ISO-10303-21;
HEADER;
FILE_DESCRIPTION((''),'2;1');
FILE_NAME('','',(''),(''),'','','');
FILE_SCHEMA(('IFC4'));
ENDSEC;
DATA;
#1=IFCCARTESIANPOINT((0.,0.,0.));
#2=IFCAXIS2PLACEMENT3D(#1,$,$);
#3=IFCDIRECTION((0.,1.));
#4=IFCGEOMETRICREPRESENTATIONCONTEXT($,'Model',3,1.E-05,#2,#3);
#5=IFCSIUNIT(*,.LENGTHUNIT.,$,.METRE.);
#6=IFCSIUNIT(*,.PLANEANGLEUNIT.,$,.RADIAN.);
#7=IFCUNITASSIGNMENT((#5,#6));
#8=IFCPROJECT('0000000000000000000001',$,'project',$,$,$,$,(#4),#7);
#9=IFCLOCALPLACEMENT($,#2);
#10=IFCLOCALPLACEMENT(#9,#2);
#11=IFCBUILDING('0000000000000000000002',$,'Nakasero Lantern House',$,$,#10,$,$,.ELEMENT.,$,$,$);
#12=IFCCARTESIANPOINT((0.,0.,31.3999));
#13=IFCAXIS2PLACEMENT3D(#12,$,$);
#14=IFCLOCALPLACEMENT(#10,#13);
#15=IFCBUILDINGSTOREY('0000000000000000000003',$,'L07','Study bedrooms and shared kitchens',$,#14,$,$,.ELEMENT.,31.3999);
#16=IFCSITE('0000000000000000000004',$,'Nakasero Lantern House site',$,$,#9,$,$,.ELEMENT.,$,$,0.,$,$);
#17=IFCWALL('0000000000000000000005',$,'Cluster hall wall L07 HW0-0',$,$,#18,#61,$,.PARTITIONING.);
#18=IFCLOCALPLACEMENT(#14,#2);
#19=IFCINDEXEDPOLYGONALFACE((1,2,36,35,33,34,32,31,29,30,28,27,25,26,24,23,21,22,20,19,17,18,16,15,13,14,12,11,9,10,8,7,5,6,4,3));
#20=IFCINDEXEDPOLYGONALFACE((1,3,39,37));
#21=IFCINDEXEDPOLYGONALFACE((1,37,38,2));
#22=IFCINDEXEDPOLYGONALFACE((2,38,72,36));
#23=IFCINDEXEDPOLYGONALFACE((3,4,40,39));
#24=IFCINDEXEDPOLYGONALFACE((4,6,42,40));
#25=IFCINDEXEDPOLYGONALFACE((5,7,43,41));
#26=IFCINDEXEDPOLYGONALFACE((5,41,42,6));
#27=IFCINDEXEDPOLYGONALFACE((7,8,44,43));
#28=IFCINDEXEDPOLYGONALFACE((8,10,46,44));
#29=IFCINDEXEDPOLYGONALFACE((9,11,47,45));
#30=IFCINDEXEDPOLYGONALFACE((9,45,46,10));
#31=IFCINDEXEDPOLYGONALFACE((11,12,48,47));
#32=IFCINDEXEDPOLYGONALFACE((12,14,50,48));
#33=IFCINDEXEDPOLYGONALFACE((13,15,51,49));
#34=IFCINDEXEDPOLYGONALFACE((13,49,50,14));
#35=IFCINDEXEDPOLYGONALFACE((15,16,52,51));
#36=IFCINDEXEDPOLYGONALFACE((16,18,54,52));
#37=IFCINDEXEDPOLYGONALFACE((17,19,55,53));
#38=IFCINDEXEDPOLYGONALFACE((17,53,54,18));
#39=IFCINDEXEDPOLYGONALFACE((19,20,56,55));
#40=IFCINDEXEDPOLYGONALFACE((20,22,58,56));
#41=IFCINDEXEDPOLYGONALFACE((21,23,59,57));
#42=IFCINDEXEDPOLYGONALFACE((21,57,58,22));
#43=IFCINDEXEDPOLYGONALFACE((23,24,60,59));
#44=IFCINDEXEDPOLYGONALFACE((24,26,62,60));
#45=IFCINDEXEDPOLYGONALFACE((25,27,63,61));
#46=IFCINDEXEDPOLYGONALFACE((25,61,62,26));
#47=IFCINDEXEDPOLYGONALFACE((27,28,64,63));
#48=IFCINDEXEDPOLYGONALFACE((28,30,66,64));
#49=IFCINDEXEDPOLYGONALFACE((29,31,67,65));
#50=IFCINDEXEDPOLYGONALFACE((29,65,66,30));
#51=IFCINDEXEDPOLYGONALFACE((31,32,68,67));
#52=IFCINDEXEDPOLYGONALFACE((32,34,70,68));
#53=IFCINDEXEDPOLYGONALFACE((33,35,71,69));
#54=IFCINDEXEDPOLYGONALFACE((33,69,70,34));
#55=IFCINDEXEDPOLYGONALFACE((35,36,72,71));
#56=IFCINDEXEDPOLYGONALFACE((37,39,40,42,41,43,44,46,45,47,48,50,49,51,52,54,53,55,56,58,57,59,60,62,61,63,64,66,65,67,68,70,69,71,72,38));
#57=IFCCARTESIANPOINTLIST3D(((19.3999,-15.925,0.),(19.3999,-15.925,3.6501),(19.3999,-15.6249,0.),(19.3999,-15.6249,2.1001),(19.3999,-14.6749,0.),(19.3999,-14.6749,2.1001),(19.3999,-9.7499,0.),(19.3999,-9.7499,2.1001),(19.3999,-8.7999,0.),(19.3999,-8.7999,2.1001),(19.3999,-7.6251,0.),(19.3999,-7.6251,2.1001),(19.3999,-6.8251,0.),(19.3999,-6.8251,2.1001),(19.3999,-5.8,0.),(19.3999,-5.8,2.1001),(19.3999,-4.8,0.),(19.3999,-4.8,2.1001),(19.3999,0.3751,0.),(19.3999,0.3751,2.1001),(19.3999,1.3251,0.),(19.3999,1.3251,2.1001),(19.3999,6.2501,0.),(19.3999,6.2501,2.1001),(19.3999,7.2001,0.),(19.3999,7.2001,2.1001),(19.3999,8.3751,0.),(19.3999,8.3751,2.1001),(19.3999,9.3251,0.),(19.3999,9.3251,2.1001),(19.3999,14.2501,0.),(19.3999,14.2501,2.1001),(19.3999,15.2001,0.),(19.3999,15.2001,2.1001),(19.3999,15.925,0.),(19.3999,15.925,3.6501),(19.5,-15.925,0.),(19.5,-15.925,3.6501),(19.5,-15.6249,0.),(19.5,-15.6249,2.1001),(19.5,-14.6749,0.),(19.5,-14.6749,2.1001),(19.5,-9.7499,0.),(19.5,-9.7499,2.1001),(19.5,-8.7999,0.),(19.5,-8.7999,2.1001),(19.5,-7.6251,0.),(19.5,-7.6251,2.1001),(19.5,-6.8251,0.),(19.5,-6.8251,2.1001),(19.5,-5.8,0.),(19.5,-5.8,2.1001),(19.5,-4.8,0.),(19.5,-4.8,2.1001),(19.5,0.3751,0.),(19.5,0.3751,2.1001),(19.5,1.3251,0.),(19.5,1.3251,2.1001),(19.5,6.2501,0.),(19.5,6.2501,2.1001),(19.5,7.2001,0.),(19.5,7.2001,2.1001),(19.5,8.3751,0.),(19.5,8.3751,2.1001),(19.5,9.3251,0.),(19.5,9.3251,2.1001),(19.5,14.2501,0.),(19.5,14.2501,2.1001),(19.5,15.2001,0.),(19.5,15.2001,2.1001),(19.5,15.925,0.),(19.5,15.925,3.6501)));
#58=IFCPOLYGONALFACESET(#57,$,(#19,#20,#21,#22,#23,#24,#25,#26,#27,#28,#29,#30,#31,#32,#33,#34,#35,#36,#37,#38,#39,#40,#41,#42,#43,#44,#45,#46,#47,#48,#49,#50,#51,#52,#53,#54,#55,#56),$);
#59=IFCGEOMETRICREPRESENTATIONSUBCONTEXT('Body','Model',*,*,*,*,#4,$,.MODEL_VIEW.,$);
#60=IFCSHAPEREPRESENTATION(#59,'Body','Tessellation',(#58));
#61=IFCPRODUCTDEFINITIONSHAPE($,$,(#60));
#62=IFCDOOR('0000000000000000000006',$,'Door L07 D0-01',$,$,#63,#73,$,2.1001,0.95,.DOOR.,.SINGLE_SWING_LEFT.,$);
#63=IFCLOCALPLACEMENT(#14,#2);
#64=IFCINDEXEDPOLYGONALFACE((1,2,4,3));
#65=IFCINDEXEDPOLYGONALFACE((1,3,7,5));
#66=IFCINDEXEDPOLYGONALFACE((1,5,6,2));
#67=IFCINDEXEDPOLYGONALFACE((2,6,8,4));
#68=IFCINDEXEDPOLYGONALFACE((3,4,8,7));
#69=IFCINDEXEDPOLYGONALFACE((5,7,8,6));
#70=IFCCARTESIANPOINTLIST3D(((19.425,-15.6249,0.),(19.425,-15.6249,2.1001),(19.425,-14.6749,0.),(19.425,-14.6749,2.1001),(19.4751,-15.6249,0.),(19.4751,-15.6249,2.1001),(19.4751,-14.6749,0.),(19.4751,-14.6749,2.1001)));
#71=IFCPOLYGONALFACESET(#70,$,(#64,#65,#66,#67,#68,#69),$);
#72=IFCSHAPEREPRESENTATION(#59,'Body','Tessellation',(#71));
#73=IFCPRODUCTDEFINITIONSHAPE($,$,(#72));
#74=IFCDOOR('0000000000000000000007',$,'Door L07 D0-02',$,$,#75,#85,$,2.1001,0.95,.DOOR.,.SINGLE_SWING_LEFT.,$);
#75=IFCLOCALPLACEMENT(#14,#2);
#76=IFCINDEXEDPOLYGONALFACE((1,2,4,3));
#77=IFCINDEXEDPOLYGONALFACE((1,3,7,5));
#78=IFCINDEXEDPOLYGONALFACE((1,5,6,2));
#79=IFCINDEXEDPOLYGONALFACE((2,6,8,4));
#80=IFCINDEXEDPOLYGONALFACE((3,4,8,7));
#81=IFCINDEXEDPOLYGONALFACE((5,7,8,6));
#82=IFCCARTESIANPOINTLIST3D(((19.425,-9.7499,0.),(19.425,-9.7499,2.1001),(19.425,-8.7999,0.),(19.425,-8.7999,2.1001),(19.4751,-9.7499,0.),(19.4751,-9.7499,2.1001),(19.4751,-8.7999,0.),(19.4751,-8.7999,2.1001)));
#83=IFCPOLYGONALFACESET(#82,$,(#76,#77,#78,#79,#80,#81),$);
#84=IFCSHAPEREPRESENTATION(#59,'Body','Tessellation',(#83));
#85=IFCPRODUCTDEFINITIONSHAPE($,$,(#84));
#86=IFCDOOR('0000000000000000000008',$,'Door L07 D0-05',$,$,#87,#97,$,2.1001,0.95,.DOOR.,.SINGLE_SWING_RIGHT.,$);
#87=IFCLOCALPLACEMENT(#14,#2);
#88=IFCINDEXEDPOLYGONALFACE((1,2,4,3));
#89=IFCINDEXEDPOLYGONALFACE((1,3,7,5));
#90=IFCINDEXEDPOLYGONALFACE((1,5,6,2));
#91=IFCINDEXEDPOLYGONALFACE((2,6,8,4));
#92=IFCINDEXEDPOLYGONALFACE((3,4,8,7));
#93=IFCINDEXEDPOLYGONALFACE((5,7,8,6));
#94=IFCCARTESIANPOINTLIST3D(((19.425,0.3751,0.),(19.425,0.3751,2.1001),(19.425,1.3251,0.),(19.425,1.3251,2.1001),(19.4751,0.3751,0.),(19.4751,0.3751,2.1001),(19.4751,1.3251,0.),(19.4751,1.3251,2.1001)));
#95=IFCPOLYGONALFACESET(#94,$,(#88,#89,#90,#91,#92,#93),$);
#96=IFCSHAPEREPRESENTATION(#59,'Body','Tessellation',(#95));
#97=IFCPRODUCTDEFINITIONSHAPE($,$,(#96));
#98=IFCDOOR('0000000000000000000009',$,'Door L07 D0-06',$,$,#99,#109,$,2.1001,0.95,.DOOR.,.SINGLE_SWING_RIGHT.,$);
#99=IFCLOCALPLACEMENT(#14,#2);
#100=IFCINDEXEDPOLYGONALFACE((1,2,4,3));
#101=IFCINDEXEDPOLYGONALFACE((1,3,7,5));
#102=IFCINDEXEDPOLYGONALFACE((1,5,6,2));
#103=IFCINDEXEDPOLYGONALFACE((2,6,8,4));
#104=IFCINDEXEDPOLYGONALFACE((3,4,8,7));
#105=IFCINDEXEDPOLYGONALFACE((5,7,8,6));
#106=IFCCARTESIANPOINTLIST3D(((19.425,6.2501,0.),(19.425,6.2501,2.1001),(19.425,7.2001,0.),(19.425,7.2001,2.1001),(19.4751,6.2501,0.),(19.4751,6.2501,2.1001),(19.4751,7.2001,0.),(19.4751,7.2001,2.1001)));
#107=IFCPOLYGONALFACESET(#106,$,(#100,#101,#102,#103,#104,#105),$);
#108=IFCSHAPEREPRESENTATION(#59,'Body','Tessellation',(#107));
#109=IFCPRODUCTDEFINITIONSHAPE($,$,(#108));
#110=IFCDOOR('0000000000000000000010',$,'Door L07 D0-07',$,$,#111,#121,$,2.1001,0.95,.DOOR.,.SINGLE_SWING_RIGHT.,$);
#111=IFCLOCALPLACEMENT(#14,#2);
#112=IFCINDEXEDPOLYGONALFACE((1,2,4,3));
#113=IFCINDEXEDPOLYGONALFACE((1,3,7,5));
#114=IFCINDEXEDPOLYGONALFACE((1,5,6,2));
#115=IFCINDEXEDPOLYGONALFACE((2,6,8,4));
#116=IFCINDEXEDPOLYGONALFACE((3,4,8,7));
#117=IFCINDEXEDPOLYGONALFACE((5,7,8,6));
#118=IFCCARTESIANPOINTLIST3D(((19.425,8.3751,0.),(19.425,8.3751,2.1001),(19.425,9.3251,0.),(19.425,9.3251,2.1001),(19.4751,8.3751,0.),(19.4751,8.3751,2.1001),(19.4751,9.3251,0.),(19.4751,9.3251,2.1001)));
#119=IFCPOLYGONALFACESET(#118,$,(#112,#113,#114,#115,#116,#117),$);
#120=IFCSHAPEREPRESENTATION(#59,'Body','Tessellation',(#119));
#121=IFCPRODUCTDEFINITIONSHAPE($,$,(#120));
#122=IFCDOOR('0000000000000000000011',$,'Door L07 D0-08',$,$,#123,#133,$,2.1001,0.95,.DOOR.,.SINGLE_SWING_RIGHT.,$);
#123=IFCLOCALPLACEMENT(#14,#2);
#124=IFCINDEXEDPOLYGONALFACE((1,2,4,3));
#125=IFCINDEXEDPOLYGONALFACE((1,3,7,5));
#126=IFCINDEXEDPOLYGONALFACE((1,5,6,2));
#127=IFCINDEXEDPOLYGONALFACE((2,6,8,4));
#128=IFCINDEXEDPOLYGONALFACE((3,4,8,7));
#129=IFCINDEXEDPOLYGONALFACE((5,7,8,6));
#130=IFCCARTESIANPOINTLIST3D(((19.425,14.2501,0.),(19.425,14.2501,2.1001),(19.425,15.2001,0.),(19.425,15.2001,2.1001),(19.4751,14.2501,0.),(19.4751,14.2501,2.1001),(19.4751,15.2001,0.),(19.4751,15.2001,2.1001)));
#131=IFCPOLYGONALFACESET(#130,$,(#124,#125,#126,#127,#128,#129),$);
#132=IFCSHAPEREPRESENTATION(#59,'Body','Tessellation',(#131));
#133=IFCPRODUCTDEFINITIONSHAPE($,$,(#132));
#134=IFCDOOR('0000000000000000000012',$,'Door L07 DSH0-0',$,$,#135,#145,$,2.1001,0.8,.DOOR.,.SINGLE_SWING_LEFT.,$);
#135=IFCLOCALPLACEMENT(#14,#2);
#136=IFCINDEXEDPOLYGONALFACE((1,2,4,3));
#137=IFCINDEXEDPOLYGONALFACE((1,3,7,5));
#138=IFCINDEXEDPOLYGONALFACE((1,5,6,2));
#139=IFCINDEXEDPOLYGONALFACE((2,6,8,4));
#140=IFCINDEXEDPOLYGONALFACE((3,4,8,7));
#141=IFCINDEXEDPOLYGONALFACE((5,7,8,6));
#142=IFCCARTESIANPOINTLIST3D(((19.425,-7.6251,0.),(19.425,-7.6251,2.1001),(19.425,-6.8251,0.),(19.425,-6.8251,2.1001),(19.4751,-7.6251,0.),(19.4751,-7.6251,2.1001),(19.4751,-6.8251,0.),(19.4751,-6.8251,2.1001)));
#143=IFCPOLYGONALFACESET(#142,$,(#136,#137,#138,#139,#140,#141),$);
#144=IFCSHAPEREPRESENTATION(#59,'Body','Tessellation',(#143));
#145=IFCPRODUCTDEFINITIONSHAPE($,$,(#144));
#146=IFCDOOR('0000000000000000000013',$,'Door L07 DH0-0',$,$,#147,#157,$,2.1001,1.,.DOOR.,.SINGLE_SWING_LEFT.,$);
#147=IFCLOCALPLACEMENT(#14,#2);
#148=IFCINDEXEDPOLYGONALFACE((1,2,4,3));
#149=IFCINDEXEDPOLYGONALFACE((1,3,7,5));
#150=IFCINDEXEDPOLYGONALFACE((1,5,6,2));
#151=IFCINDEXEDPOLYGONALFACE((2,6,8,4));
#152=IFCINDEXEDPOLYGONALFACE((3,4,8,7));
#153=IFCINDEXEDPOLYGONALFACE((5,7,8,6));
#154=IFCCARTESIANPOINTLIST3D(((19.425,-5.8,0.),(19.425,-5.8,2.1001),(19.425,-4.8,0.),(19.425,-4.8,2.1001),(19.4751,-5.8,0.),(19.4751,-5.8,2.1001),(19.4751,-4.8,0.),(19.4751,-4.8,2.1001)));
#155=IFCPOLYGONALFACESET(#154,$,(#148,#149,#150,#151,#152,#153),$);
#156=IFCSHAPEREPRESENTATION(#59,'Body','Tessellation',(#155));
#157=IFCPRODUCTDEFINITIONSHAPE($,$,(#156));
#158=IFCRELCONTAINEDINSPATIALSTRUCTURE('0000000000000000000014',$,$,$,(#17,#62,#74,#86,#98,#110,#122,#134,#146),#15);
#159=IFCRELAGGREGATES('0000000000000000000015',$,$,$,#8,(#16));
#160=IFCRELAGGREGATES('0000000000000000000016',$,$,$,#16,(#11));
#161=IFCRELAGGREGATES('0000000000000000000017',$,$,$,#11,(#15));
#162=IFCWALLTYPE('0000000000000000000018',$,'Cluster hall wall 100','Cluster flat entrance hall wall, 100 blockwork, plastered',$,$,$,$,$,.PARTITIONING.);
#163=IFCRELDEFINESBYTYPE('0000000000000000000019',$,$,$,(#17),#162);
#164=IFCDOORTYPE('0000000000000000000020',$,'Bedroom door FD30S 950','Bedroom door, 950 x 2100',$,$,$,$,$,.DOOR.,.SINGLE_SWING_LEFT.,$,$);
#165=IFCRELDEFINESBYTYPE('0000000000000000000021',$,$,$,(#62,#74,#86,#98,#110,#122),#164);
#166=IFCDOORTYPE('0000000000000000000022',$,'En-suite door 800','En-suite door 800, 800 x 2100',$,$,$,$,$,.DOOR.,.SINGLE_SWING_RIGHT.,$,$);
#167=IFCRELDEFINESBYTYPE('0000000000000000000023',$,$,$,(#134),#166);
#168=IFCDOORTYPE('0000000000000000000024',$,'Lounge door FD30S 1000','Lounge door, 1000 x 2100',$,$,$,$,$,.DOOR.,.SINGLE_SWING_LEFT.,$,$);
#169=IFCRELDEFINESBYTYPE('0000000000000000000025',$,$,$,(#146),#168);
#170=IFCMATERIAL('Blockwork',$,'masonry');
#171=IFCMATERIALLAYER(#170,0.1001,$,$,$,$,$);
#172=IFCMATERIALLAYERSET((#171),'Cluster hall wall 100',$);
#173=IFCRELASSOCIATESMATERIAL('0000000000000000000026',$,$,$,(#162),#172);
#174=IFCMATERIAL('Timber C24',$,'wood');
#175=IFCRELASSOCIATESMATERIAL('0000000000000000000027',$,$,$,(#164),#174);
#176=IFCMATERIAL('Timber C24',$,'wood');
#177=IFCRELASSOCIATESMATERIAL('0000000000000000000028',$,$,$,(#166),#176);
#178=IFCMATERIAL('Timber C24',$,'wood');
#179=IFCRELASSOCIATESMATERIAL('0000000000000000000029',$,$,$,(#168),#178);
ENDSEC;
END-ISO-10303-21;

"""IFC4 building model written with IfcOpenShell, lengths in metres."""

from ifc_helpers import new_model, si_unit, direction, frame, frame_2d, origin, place, context, subcontext, project, spatial, rectangle, extrude, material, layer, layer_set, type_object, element, fill, save


model = new_model("IFC4")

# Units and contexts
model_context = context("Model", 3, precision=1e-05, world=origin(), true_north=direction((0.0, 1.0)))
body_context = subcontext(model_context, "Body", "Model", "MODEL_VIEW")
ifc_project = project(units=[si_unit("LENGTHUNIT", "METRE"), si_unit("PLANEANGLEUNIT", "RADIAN")], contexts=[model_context])

# Site, building, storey
site_placement = place(None, origin())
site = spatial("IfcSite", under=ifc_project, at=site_placement, Name="Nakasero Lantern House site", CompositionType="ELEMENT", RefElevation=0.0)
building_placement = place(site_placement, origin())
building = spatial("IfcBuilding", under=site, at=building_placement, Name="Nakasero Lantern House", CompositionType="ELEMENT")
storey_placement = place(building_placement, frame((0.0, 0.0, 31.3999)))
storey = spatial("IfcBuildingStorey", under=building, at=storey_placement, Name="L07", Description="Study bedrooms and shared kitchens", CompositionType="ELEMENT", Elevation=31.3999)

# Wall, openings, doors
ifc_material_1 = material(Name="Blockwork", Category="masonry")
ifc_layer_1 = layer(ifc_material_1, 0.1001)
ifc_layer_set_1 = layer_set([ifc_layer_1], Name="Cluster hall wall 100")
wall_type_1 = type_object("IfcWallType", Name="Cluster hall wall 100", Description="Cluster flat entrance hall wall, 100 blockwork, plastered", PredefinedType="PARTITIONING", material=ifc_layer_set_1)
wall_1_placement = place(storey_placement, frame((19.45, -15.925, 0.0), z_axis=(0.0, 0.0, 1.0), x_axis=(0.0, 1.0, 0.0)))
wall_1 = element("IfcWall", 1, at=wall_1_placement, inside=storey, type_object=wall_type_1, Name="Cluster hall wall L07 HW0-0", PredefinedType="PARTITIONING", context=body_context, shape_type="SweptSolid", body=[
    extrude(rectangle(XDim=31.8501, YDim=0.1001, at=frame_2d((15.925, 0.0))), origin(), (0.0, 0.0, 1.0), 3.6501),
])
opening_1_placement = place(wall_1_placement, frame((10.125, 0.0, 0.0)))
opening_1 = element("IfcOpeningElement", 2, at=opening_1_placement, cuts=wall_1, PredefinedType="OPENING", context=body_context, shape_type="SweptSolid", body=[
    extrude(rectangle(XDim=1.0, YDim=2.1001, at=frame_2d((0.5, 1.05))), frame((0.0, 0.0701, 0.0), z_axis=(0.0, -1.0, 0.0), x_axis=(1.0, 0.0, 0.0)), (0.0, 0.0, 1.0), 0.1401),
])
opening_2_placement = place(wall_1_placement, frame((8.3, 0.0, 0.0)))
opening_2 = element("IfcOpeningElement", 3, at=opening_2_placement, cuts=wall_1, PredefinedType="OPENING", context=body_context, shape_type="SweptSolid", body=[
    extrude(rectangle(XDim=0.8, YDim=2.1001, at=frame_2d((0.3999, 1.05))), frame((0.0, 0.0701, 0.0), z_axis=(0.0, -1.0, 0.0), x_axis=(1.0, 0.0, 0.0)), (0.0, 0.0, 1.0), 0.1401),
])
opening_3_placement = place(wall_1_placement, frame((0.3, 0.0, 0.0)))
opening_3 = element("IfcOpeningElement", 4, at=opening_3_placement, cuts=wall_1, PredefinedType="OPENING", context=body_context, shape_type="SweptSolid", body=[
    extrude(rectangle(XDim=0.95, YDim=2.1001, at=frame_2d((0.4751, 1.05))), frame((0.0, 0.0701, 0.0), z_axis=(0.0, -1.0, 0.0), x_axis=(1.0, 0.0, 0.0)), (0.0, 0.0, 1.0), 0.1401),
])
opening_4_placement = place(wall_1_placement, frame((6.175, 0.0, 0.0)))
opening_4 = element("IfcOpeningElement", 5, at=opening_4_placement, cuts=wall_1, PredefinedType="OPENING", context=body_context, shape_type="SweptSolid", body=[
    extrude(rectangle(XDim=0.95, YDim=2.1001, at=frame_2d((0.4751, 1.05))), frame((0.0, 0.0701, 0.0), z_axis=(0.0, -1.0, 0.0), x_axis=(1.0, 0.0, 0.0)), (0.0, 0.0, 1.0), 0.1401),
])
opening_5_placement = place(wall_1_placement, frame((16.3, 0.0, 0.0)))
opening_5 = element("IfcOpeningElement", 6, at=opening_5_placement, cuts=wall_1, PredefinedType="OPENING", context=body_context, shape_type="SweptSolid", body=[
    extrude(rectangle(XDim=0.95, YDim=2.1001, at=frame_2d((0.4751, 1.05))), frame((0.0, 0.0701, 0.0), z_axis=(0.0, -1.0, 0.0), x_axis=(1.0, 0.0, 0.0)), (0.0, 0.0, 1.0), 0.1401),
])
opening_6_placement = place(wall_1_placement, frame((22.175, 0.0, 0.0)))
opening_6 = element("IfcOpeningElement", 7, at=opening_6_placement, cuts=wall_1, PredefinedType="OPENING", context=body_context, shape_type="SweptSolid", body=[
    extrude(rectangle(XDim=0.95, YDim=2.1001, at=frame_2d((0.4751, 1.05))), frame((0.0, 0.0701, 0.0), z_axis=(0.0, -1.0, 0.0), x_axis=(1.0, 0.0, 0.0)), (0.0, 0.0, 1.0), 0.1401),
])
opening_7_placement = place(wall_1_placement, frame((24.3, 0.0, 0.0)))
opening_7 = element("IfcOpeningElement", 8, at=opening_7_placement, cuts=wall_1, PredefinedType="OPENING", context=body_context, shape_type="SweptSolid", body=[
    extrude(rectangle(XDim=0.95, YDim=2.1001, at=frame_2d((0.4751, 1.05))), frame((0.0, 0.0701, 0.0), z_axis=(0.0, -1.0, 0.0), x_axis=(1.0, 0.0, 0.0)), (0.0, 0.0, 1.0), 0.1401),
])
opening_8_placement = place(wall_1_placement, frame((30.175, 0.0, 0.0)))
opening_8 = element("IfcOpeningElement", 9, at=opening_8_placement, cuts=wall_1, PredefinedType="OPENING", context=body_context, shape_type="SweptSolid", body=[
    extrude(rectangle(XDim=0.95, YDim=2.1001, at=frame_2d((0.4751, 1.05))), frame((0.0, 0.0701, 0.0), z_axis=(0.0, -1.0, 0.0), x_axis=(1.0, 0.0, 0.0)), (0.0, 0.0, 1.0), 0.1401),
])
ifc_material_2 = material(Name="Timber C24", Category="wood")
door_type_1 = type_object("IfcDoorType", Name="Bedroom door FD30S 950", Description="Bedroom door, 950 x 2100", OperationType="SINGLE_SWING_LEFT", PredefinedType="DOOR", material=ifc_material_2)
door_1_placement = place(opening_3_placement, origin())
door_1 = element("IfcDoor", 10, at=door_1_placement, inside=storey, type_object=door_type_1, Name="Door L07 D0-01", OperationType="SINGLE_SWING_LEFT", OverallHeight=2.1001, OverallWidth=0.95, PredefinedType="DOOR", context=body_context, shape_type="SweptSolid", body=[
    extrude(rectangle(XDim=0.95, YDim=2.1001, at=frame_2d((0.4751, 1.05))), frame((0.0, 0.0249, 0.0), z_axis=(0.0, -1.0, 0.0), x_axis=(1.0, 0.0, 0.0)), (0.0, 0.0, 1.0), 0.05),
])
fill(opening_3, door_1)
door_2_placement = place(opening_4_placement, origin())
door_2 = element("IfcDoor", 11, at=door_2_placement, inside=storey, type_object=door_type_1, Name="Door L07 D0-02", OperationType="SINGLE_SWING_LEFT", OverallHeight=2.1001, OverallWidth=0.95, PredefinedType="DOOR", context=body_context, shape_type="SweptSolid", body=[
    extrude(rectangle(XDim=0.95, YDim=2.1001, at=frame_2d((0.4751, 1.05))), frame((0.0, 0.0249, 0.0), z_axis=(0.0, -1.0, 0.0), x_axis=(1.0, 0.0, 0.0)), (0.0, 0.0, 1.0), 0.05),
])
fill(opening_4, door_2)
door_3_placement = place(opening_5_placement, origin())
door_3 = element("IfcDoor", 12, at=door_3_placement, inside=storey, type_object=door_type_1, Name="Door L07 D0-05", OperationType="SINGLE_SWING_RIGHT", OverallHeight=2.1001, OverallWidth=0.95, PredefinedType="DOOR", context=body_context, shape_type="SweptSolid", body=[
    extrude(rectangle(XDim=0.95, YDim=2.1001, at=frame_2d((0.4751, 1.05))), frame((0.0, 0.0249, 0.0), z_axis=(0.0, -1.0, 0.0), x_axis=(1.0, 0.0, 0.0)), (0.0, 0.0, 1.0), 0.05),
])
fill(opening_5, door_3)
door_4_placement = place(opening_6_placement, origin())
door_4 = element("IfcDoor", 13, at=door_4_placement, inside=storey, type_object=door_type_1, Name="Door L07 D0-06", OperationType="SINGLE_SWING_RIGHT", OverallHeight=2.1001, OverallWidth=0.95, PredefinedType="DOOR", context=body_context, shape_type="SweptSolid", body=[
    extrude(rectangle(XDim=0.95, YDim=2.1001, at=frame_2d((0.4751, 1.05))), frame((0.0, 0.0249, 0.0), z_axis=(0.0, -1.0, 0.0), x_axis=(1.0, 0.0, 0.0)), (0.0, 0.0, 1.0), 0.05),
])
fill(opening_6, door_4)
door_5_placement = place(opening_7_placement, origin())
door_5 = element("IfcDoor", 14, at=door_5_placement, inside=storey, type_object=door_type_1, Name="Door L07 D0-07", OperationType="SINGLE_SWING_RIGHT", OverallHeight=2.1001, OverallWidth=0.95, PredefinedType="DOOR", context=body_context, shape_type="SweptSolid", body=[
    extrude(rectangle(XDim=0.95, YDim=2.1001, at=frame_2d((0.4751, 1.05))), frame((0.0, 0.0249, 0.0), z_axis=(0.0, -1.0, 0.0), x_axis=(1.0, 0.0, 0.0)), (0.0, 0.0, 1.0), 0.05),
])
fill(opening_7, door_5)
door_6_placement = place(opening_8_placement, origin())
door_6 = element("IfcDoor", 15, at=door_6_placement, inside=storey, type_object=door_type_1, Name="Door L07 D0-08", OperationType="SINGLE_SWING_RIGHT", OverallHeight=2.1001, OverallWidth=0.95, PredefinedType="DOOR", context=body_context, shape_type="SweptSolid", body=[
    extrude(rectangle(XDim=0.95, YDim=2.1001, at=frame_2d((0.4751, 1.05))), frame((0.0, 0.0249, 0.0), z_axis=(0.0, -1.0, 0.0), x_axis=(1.0, 0.0, 0.0)), (0.0, 0.0, 1.0), 0.05),
])
fill(opening_8, door_6)
ifc_material_3 = material(Name="Timber C24", Category="wood")
door_type_2 = type_object("IfcDoorType", Name="En-suite door 800", Description="En-suite door 800, 800 x 2100", OperationType="SINGLE_SWING_RIGHT", PredefinedType="DOOR", material=ifc_material_3)
door_7_placement = place(opening_2_placement, origin())
door_7 = element("IfcDoor", 16, at=door_7_placement, inside=storey, type_object=door_type_2, Name="Door L07 DSH0-0", OperationType="SINGLE_SWING_LEFT", OverallHeight=2.1001, OverallWidth=0.8, PredefinedType="DOOR", context=body_context, shape_type="SweptSolid", body=[
    extrude(rectangle(XDim=0.8, YDim=2.1001, at=frame_2d((0.3999, 1.05))), frame((0.0, 0.0249, 0.0), z_axis=(0.0, -1.0, 0.0), x_axis=(1.0, 0.0, 0.0)), (0.0, 0.0, 1.0), 0.05),
])
fill(opening_2, door_7)
ifc_material_4 = material(Name="Timber C24", Category="wood")
door_type_3 = type_object("IfcDoorType", Name="Lounge door FD30S 1000", Description="Lounge door, 1000 x 2100", OperationType="SINGLE_SWING_LEFT", PredefinedType="DOOR", material=ifc_material_4)
door_8_placement = place(opening_1_placement, origin())
door_8 = element("IfcDoor", 17, at=door_8_placement, inside=storey, type_object=door_type_3, Name="Door L07 DH0-0", OperationType="SINGLE_SWING_LEFT", OverallHeight=2.1001, OverallWidth=1.0, PredefinedType="DOOR", context=body_context, shape_type="SweptSolid", body=[
    extrude(rectangle(XDim=1.0, YDim=2.1001, at=frame_2d((0.5, 1.05))), frame((0.0, 0.0249, 0.0), z_axis=(0.0, -1.0, 0.0), x_axis=(1.0, 0.0, 0.0)), (0.0, 0.0, 1.0), 0.05),
])
fill(opening_1, door_8)

save(model, "model.ifc")
